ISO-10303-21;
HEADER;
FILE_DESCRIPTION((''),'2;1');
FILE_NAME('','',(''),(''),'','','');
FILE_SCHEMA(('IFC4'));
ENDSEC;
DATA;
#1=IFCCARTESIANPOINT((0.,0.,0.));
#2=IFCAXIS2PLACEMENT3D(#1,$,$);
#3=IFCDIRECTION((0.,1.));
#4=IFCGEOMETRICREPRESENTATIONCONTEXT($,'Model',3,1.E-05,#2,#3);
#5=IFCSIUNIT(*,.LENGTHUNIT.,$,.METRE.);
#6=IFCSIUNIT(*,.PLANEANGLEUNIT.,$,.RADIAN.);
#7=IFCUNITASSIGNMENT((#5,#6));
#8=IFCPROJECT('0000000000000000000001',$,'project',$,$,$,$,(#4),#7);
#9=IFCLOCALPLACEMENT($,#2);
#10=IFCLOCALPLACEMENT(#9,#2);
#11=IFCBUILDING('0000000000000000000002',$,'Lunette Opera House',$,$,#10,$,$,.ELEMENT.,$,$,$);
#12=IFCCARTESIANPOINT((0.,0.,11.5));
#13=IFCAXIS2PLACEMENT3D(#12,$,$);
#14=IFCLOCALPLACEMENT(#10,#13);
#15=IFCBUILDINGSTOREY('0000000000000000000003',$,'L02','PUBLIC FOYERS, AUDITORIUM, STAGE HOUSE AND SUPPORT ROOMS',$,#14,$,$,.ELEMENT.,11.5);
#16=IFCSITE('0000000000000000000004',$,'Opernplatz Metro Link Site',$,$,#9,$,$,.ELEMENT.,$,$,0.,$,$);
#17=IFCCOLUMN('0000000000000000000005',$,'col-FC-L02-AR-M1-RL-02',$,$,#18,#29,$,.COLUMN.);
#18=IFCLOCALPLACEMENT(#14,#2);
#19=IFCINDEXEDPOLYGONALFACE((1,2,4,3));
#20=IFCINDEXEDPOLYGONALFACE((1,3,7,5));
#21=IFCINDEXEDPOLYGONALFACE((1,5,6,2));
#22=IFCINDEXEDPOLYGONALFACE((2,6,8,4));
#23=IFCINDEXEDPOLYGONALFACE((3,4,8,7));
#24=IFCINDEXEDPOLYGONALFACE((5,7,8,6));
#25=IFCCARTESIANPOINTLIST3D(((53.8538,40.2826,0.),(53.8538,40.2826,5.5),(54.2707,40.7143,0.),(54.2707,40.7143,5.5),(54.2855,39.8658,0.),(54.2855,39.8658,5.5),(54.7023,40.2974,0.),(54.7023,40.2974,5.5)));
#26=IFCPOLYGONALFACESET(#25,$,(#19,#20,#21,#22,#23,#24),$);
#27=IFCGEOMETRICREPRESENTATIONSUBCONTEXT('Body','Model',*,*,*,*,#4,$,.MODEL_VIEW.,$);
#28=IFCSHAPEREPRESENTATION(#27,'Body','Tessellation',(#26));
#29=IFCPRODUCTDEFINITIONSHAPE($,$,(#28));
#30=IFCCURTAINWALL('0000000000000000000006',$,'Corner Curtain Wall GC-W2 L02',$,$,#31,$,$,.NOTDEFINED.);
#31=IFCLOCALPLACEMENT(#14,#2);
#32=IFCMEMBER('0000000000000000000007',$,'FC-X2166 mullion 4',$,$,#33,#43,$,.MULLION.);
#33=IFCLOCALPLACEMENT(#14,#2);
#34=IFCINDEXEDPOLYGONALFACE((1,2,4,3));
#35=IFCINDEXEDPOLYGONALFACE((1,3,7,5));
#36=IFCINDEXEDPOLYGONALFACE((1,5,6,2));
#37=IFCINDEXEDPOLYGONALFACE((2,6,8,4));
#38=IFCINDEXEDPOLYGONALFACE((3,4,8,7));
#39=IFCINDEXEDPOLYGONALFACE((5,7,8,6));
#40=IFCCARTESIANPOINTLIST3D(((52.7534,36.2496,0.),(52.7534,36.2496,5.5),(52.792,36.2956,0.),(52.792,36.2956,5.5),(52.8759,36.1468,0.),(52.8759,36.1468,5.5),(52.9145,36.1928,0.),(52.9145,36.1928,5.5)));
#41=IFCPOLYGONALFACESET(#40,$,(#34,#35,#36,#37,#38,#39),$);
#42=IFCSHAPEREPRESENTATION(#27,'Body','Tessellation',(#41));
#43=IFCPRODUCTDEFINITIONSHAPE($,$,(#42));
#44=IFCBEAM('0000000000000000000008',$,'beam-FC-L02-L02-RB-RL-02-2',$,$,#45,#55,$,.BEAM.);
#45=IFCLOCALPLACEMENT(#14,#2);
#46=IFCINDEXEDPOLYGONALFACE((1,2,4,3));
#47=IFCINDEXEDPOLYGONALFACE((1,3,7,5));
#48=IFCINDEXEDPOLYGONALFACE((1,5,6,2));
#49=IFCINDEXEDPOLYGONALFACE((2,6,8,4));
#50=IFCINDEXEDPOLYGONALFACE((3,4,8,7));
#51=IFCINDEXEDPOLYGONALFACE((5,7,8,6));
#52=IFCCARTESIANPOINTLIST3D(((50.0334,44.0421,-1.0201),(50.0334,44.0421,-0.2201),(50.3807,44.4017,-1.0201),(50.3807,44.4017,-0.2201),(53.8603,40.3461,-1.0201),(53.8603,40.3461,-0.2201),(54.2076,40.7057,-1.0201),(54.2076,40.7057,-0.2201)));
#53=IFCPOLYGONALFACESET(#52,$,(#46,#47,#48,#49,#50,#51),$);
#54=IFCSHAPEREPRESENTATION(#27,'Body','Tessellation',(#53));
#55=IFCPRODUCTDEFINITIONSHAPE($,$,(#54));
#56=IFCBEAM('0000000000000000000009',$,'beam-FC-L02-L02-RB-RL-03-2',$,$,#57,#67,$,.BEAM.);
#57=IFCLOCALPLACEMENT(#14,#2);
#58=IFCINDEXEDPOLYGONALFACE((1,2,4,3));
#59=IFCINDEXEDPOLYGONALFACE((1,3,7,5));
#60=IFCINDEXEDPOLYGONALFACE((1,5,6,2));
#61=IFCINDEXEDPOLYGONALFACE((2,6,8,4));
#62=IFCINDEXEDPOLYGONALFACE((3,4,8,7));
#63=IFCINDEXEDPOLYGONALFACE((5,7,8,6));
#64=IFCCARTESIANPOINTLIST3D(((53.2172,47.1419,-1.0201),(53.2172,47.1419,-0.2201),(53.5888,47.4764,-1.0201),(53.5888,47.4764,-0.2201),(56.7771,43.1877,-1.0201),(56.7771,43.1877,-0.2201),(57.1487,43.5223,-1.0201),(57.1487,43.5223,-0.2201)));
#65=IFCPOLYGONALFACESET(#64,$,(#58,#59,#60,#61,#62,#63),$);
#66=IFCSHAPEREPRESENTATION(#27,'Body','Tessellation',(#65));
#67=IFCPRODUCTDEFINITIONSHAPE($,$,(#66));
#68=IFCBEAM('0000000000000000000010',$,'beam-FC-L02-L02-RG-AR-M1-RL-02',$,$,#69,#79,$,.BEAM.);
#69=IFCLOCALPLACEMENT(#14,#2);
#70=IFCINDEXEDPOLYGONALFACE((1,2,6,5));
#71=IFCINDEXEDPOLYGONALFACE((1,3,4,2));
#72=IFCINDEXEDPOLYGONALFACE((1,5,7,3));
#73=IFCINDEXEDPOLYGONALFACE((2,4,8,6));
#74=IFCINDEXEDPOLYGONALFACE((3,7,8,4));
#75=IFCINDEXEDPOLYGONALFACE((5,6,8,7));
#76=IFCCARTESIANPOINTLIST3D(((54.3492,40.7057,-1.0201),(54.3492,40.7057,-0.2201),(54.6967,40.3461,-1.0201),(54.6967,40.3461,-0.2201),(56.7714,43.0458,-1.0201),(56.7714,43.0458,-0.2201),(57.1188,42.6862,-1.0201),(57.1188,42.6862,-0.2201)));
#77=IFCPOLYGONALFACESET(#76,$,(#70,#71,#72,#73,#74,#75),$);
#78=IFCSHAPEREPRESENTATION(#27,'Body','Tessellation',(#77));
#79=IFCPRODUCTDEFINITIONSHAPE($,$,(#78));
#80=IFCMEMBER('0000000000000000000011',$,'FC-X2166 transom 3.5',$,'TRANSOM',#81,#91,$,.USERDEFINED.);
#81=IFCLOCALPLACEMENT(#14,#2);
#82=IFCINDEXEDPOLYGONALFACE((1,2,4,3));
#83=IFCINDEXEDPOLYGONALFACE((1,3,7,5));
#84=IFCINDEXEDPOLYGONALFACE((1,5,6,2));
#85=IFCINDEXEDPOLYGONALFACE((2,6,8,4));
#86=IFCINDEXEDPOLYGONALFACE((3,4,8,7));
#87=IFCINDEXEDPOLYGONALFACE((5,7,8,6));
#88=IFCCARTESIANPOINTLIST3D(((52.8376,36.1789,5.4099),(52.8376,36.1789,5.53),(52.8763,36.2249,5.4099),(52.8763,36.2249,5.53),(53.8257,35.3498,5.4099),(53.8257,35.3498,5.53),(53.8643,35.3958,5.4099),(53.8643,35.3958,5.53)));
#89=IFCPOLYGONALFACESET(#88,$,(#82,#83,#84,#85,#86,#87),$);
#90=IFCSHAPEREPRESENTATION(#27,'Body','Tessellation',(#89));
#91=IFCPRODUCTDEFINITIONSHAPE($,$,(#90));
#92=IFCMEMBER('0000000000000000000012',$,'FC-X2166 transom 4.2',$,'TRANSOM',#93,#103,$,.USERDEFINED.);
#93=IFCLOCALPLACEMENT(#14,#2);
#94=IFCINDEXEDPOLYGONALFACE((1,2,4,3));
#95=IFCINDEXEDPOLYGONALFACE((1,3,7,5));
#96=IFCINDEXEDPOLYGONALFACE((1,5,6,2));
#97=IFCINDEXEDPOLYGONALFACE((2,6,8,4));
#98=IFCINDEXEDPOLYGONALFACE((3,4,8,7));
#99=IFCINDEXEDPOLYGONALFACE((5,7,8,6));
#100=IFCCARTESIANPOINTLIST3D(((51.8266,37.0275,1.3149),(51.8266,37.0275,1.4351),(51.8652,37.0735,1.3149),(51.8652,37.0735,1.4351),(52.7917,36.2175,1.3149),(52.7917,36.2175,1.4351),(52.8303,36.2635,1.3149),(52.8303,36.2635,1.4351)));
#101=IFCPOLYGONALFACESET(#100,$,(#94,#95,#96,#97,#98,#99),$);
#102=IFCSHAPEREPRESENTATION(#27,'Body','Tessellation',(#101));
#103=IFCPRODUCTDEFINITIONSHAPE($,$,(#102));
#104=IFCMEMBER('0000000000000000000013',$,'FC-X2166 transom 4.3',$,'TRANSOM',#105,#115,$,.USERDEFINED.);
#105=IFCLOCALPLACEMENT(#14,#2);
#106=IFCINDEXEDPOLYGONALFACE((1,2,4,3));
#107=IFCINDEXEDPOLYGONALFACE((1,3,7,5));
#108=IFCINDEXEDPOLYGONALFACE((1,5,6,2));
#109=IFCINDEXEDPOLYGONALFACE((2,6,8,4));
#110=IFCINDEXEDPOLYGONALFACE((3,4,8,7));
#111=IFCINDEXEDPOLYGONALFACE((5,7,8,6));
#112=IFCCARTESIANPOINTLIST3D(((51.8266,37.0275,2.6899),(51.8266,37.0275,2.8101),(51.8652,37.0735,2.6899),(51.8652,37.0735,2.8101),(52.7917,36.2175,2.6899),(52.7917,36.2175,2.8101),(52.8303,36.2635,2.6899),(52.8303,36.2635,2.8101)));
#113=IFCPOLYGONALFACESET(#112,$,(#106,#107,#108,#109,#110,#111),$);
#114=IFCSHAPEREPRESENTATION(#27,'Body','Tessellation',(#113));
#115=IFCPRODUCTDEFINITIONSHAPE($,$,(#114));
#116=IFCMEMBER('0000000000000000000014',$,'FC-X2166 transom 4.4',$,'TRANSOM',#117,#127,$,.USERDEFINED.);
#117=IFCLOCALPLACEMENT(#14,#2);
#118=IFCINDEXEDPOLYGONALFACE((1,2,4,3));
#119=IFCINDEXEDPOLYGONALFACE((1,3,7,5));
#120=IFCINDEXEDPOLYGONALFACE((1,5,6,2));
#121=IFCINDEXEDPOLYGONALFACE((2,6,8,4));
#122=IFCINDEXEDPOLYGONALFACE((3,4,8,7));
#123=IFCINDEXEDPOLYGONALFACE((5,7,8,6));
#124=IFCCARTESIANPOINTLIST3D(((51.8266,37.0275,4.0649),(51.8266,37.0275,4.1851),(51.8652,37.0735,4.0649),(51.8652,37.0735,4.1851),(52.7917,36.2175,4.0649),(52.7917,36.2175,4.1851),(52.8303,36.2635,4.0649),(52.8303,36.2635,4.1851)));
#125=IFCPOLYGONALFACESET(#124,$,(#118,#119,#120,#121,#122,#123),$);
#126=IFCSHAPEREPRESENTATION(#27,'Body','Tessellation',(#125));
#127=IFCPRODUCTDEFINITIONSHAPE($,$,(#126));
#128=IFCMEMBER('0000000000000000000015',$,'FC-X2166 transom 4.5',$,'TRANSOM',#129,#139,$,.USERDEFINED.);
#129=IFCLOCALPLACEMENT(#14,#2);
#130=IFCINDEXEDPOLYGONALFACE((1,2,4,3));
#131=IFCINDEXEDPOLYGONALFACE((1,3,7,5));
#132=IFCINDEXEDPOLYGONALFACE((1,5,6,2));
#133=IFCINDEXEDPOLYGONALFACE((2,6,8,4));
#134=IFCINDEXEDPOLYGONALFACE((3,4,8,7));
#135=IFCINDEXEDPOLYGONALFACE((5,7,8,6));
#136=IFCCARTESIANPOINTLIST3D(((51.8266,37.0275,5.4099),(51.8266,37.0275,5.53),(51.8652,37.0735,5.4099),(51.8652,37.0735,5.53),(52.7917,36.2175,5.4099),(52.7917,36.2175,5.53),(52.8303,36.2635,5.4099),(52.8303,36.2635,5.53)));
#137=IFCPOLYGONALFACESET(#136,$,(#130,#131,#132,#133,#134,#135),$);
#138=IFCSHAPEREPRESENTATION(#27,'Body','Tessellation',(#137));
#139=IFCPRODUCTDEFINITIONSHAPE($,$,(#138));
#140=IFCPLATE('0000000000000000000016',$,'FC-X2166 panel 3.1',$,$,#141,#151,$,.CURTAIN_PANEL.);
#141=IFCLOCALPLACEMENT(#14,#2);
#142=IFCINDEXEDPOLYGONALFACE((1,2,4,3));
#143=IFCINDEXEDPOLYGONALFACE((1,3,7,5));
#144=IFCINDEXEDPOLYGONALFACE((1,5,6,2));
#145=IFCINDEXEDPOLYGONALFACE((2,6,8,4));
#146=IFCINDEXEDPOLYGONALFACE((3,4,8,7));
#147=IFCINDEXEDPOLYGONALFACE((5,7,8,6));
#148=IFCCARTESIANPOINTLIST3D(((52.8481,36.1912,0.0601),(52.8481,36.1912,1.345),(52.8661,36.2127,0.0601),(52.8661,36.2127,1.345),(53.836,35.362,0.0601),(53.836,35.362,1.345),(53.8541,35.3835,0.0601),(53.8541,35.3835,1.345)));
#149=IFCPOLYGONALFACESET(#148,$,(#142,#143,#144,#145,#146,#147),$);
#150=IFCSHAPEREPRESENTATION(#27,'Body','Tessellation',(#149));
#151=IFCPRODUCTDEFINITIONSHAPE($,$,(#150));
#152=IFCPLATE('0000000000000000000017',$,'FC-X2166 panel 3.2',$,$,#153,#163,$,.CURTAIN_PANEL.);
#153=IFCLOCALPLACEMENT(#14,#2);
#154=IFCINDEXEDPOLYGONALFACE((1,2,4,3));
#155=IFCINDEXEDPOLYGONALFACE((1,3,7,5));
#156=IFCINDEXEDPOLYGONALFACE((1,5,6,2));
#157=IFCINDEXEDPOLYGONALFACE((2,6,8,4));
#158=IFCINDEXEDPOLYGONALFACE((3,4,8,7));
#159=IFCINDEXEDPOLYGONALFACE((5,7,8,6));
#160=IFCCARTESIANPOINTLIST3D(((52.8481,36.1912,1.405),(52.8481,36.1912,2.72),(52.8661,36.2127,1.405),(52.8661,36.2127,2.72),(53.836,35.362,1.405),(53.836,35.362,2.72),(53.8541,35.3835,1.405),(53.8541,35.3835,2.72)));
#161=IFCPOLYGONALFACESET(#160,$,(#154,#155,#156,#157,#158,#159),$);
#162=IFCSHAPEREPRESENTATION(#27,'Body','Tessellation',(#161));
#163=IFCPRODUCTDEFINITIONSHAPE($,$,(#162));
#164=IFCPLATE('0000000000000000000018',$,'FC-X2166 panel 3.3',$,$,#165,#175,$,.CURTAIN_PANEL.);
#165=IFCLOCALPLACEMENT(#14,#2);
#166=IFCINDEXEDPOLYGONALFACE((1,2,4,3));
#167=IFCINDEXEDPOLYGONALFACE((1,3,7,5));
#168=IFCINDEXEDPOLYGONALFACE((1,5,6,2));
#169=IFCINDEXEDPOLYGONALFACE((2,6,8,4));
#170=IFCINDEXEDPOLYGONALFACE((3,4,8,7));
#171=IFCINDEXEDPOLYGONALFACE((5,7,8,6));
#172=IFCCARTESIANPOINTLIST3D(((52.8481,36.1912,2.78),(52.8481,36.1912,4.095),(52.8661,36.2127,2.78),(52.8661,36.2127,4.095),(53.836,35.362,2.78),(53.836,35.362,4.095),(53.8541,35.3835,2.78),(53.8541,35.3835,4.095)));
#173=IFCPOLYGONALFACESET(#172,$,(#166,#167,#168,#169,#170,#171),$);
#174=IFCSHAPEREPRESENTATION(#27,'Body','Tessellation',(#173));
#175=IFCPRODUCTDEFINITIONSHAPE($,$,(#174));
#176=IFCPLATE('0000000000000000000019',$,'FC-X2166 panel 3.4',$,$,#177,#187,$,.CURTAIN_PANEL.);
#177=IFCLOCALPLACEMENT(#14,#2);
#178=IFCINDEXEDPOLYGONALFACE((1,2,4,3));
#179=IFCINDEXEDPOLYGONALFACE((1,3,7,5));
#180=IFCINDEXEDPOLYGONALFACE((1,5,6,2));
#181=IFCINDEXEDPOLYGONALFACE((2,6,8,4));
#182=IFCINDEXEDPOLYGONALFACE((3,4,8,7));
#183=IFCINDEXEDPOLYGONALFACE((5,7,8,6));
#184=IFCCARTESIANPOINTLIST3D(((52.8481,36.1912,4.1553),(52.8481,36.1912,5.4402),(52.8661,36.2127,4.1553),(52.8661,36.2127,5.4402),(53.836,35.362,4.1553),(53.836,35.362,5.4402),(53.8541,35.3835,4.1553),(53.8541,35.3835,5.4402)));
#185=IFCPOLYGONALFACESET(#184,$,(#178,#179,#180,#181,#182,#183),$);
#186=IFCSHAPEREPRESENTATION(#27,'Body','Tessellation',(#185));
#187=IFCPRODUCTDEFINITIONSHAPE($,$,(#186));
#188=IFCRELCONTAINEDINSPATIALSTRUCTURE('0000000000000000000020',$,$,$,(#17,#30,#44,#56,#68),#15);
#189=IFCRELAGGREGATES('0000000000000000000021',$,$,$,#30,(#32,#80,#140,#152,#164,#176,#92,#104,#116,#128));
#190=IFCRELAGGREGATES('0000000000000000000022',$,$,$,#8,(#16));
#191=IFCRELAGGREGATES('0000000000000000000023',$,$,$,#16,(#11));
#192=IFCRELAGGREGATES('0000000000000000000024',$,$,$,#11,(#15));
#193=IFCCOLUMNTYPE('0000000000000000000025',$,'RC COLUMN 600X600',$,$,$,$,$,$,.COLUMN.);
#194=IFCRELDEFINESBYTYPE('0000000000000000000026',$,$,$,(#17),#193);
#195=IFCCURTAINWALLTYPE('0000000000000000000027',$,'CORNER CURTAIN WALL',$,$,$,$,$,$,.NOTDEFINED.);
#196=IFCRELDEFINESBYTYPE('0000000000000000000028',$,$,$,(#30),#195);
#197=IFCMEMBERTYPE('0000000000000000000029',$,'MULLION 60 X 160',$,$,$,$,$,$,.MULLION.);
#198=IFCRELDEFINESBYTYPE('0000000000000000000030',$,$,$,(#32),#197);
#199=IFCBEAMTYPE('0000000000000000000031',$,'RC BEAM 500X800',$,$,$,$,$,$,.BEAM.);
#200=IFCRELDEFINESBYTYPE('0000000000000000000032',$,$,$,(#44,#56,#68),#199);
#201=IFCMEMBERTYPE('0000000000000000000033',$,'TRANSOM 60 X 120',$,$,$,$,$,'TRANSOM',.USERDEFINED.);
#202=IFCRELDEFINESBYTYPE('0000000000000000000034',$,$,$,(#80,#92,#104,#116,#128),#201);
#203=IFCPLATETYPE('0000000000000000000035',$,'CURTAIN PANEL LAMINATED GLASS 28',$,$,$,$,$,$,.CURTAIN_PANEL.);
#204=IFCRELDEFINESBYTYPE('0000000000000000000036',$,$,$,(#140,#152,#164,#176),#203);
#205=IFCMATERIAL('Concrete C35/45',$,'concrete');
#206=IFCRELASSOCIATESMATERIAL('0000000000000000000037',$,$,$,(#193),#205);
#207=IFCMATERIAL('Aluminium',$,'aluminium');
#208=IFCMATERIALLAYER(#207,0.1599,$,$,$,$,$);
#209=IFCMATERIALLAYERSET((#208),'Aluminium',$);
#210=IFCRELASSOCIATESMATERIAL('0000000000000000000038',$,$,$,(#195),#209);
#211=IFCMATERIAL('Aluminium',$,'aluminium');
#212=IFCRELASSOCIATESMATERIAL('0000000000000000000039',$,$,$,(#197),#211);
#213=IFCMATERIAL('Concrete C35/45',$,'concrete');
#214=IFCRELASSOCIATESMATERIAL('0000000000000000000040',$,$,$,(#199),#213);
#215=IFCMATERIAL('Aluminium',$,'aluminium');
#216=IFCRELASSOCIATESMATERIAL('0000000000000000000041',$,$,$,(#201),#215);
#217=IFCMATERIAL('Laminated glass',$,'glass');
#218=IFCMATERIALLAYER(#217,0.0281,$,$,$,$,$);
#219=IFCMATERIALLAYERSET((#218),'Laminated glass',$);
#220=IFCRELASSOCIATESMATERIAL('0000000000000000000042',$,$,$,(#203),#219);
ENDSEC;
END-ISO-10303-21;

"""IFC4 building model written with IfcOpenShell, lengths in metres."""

from ifc_helpers import new_model, si_unit, direction, frame, origin, origin_2d, place, context, subcontext, project, spatial, rectangle, extrude, material, layer, layer_set, material_profile, profile_set, type_object, element, aggregate, save


model = new_model("IFC4")

# Units and contexts
model_context = context("Model", 3, precision=1e-05, world=origin(), true_north=direction((0.0, 1.0)))
body_context = subcontext(model_context, "Body", "Model", "MODEL_VIEW")
ifc_project = project(units=[si_unit("LENGTHUNIT", "METRE"), si_unit("PLANEANGLEUNIT", "RADIAN")], contexts=[model_context])

# Site, building, storey
site_placement = place(None, origin())
site = spatial("IfcSite", under=ifc_project, at=site_placement, Name="Opernplatz Metro Link Site", CompositionType="ELEMENT", RefElevation=0.0)
building_placement = place(site_placement, origin())
building = spatial("IfcBuilding", under=site, at=building_placement, Name="Lunette Opera House", CompositionType="ELEMENT")
storey_placement = place(building_placement, frame((0.0, 0.0, 11.5)))
storey = spatial("IfcBuildingStorey", under=building, at=storey_placement, Name="L02", Description="PUBLIC FOYERS, AUDITORIUM, STAGE HOUSE AND SUPPORT ROOMS", CompositionType="ELEMENT", Elevation=11.5)

# Column
ifc_material_1 = material(Name="Concrete C35/45", Category="concrete")
ifc_material_profile_1 = material_profile(ifc_material_1, rectangle(XDim=0.6001, YDim=0.6001, at=origin_2d()), Name="RC COLUMN 600X600")
ifc_profile_set_1 = profile_set([ifc_material_profile_1], Name="Concrete C35/45")
column_type = type_object("IfcColumnType", Name="RC COLUMN 600X600", PredefinedType="COLUMN", material=ifc_profile_set_1)
column_placement = place(storey_placement, frame((54.2781, 40.29, 0.0), z_axis=(0.0, 0.0, 1.0), x_axis=(0.694658, 0.71934, 0.0)))
element("IfcColumn", 1, at=column_placement, inside=storey, type_object=column_type, Name="col-FC-L02-AR-M1-RL-02", PredefinedType="COLUMN", context=body_context, shape_type="SweptSolid", body=[
    extrude(rectangle(XDim=0.6001, YDim=0.6001, at=origin_2d()), origin(), (0.0, 0.0, 1.0), 5.5),
])

# Curtain wall, member
ifc_material_2 = material(Name="Aluminium", Category="aluminium")
ifc_layer_1 = layer(ifc_material_2, 0.1599)
ifc_layer_set_1 = layer_set([ifc_layer_1], Name="Aluminium")
curtain_wall_type = type_object("IfcCurtainWallType", Name="CORNER CURTAIN WALL", PredefinedType="NOTDEFINED", material=ifc_layer_set_1)
curtain_wall_placement = place(storey_placement, origin())
curtain_wall = element("IfcCurtainWall", 2, at=curtain_wall_placement, inside=storey, type_object=curtain_wall_type, Name="Corner Curtain Wall GC-W2 L02", PredefinedType="NOTDEFINED")
ifc_material_3 = material(Name="Aluminium", Category="aluminium")
ifc_material_profile_2 = material_profile(ifc_material_3, rectangle(XDim=0.0601, YDim=0.1599, at=origin_2d()), Name="MULLION 60 X 160")
ifc_profile_set_2 = profile_set([ifc_material_profile_2], Name="Aluminium")
member_type_1 = type_object("IfcMemberType", Name="MULLION 60 X 160", PredefinedType="MULLION", material=ifc_profile_set_2)
member_1_placement = place(storey_placement, frame((52.834, 36.2212, 0.0), z_axis=(0.0, 0.0, 1.0), x_axis=(-0.64284, -0.766, 0.0)))
member_1 = element("IfcMember", 3, at=member_1_placement, type_object=member_type_1, Name="FC-X2166 mullion 4", PredefinedType="MULLION", context=body_context, shape_type="SweptSolid", body=[
    extrude(rectangle(XDim=0.0601, YDim=0.1599, at=origin_2d()), origin(), (0.0, 0.0, 1.0), 5.5),
])

# Beams
ifc_material_4 = material(Name="Concrete C35/45", Category="concrete")
ifc_material_profile_3 = material_profile(ifc_material_4, rectangle(XDim=0.5, YDim=0.8, at=origin_2d()), Name="RC BEAM 500X800")
ifc_profile_set_3 = profile_set([ifc_material_profile_3], Name="Concrete C35/45")
beam_type = type_object("IfcBeamType", Name="RC BEAM 500X800", PredefinedType="BEAM", material=ifc_profile_set_3)
beam_1_placement = place(storey_placement, frame((54.0339, 40.5259, -0.6201), z_axis=(-0.719298, 0.694702, 0.0), x_axis=(-0.694702, -0.719298, 0.0)))
element("IfcBeam", 4, at=beam_1_placement, inside=storey, type_object=beam_type, Name="beam-FC-L02-L02-RB-RL-02-2", PredefinedType="BEAM", context=body_context, shape_type="SweptSolid", body=[
    extrude(rectangle(XDim=0.5, YDim=0.8, at=origin_2d()), origin(), (0.0, 0.0, 1.0), 5.3203),
])
beam_2_placement = place(storey_placement, frame((56.9629, 43.355, -0.6201), z_axis=(-0.669081, 0.743189, 0.0), x_axis=(-0.743189, -0.669081, 0.0)))
element("IfcBeam", 5, at=beam_2_placement, inside=storey, type_object=beam_type, Name="beam-FC-L02-L02-RB-RL-03-2", PredefinedType="BEAM", context=body_context, shape_type="SweptSolid", body=[
    extrude(rectangle(XDim=0.5, YDim=0.8, at=origin_2d()), origin(), (0.0, 0.0, 1.0), 5.3206),
])
beam_3_placement = place(storey_placement, frame((54.5229, 40.5259, -0.6201), z_axis=(0.71918, 0.694823, 0.0), x_axis=(-0.694823, 0.71918, 0.0)))
element("IfcBeam", 6, at=beam_3_placement, inside=storey, type_object=beam_type, Name="beam-FC-L02-L02-RG-AR-M1-RL-02", PredefinedType="BEAM", context=body_context, shape_type="SweptSolid", body=[
    extrude(rectangle(XDim=0.5, YDim=0.8, at=origin_2d()), origin(), (0.0, 0.0, 1.0), 3.3679),
])

# Members
ifc_material_5 = material(Name="Aluminium", Category="aluminium")
ifc_material_profile_4 = material_profile(ifc_material_5, rectangle(XDim=0.0601, YDim=0.1201, at=origin_2d()), Name="TRANSOM 60 X 120")
ifc_profile_set_4 = profile_set([ifc_material_profile_4], Name="Aluminium")
member_type_2 = type_object("IfcMemberType", Name="TRANSOM 60 X 120", ElementType="TRANSOM", PredefinedType="USERDEFINED", material=ifc_profile_set_4)
member_2_placement = place(storey_placement, frame((53.845, 35.3728, 5.47), z_axis=(-0.766029, 0.642806, 0.0), x_axis=(-0.642806, -0.766029, 0.0)))
member_2 = element("IfcMember", 7, at=member_2_placement, type_object=member_type_2, Name="FC-X2166 transom 3.5", ObjectType="TRANSOM", PredefinedType="USERDEFINED", context=body_context, shape_type="SweptSolid", body=[
    extrude(rectangle(XDim=0.0601, YDim=0.1201, at=origin_2d()), origin(), (0.0, 0.0, 1.0), 1.2898),
])
member_3_placement = place(storey_placement, frame((52.811, 36.2405, 1.375), z_axis=(-0.765945, 0.642906, 0.0), x_axis=(-0.642906, -0.765945, 0.0)))
member_3 = element("IfcMember", 8, at=member_3_placement, type_object=member_type_2, Name="FC-X2166 transom 4.2", ObjectType="TRANSOM", PredefinedType="USERDEFINED", context=body_context, shape_type="SweptSolid", body=[
    extrude(rectangle(XDim=0.0601, YDim=0.1201, at=origin_2d()), origin(), (0.0, 0.0, 1.0), 1.26),
])
member_4_placement = place(storey_placement, frame((52.811, 36.2405, 2.75), z_axis=(-0.765945, 0.642906, 0.0), x_axis=(-0.642906, -0.765945, 0.0)))
member_4 = element("IfcMember", 9, at=member_4_placement, type_object=member_type_2, Name="FC-X2166 transom 4.3", ObjectType="TRANSOM", PredefinedType="USERDEFINED", context=body_context, shape_type="SweptSolid", body=[
    extrude(rectangle(XDim=0.0601, YDim=0.1201, at=origin_2d()), origin(), (0.0, 0.0, 1.0), 1.26),
])
member_5_placement = place(storey_placement, frame((52.811, 36.2405, 4.125), z_axis=(-0.765945, 0.642906, 0.0), x_axis=(-0.642906, -0.765945, 0.0)))
member_5 = element("IfcMember", 10, at=member_5_placement, type_object=member_type_2, Name="FC-X2166 transom 4.4", ObjectType="TRANSOM", PredefinedType="USERDEFINED", context=body_context, shape_type="SweptSolid", body=[
    extrude(rectangle(XDim=0.0601, YDim=0.1201, at=origin_2d()), origin(), (0.0, 0.0, 1.0), 1.26),
])
member_6_placement = place(storey_placement, frame((52.811, 36.2405, 5.47), z_axis=(-0.765945, 0.642906, 0.0), x_axis=(-0.642906, -0.765945, 0.0)))
member_6 = element("IfcMember", 11, at=member_6_placement, type_object=member_type_2, Name="FC-X2166 transom 4.5", ObjectType="TRANSOM", PredefinedType="USERDEFINED", context=body_context, shape_type="SweptSolid", body=[
    extrude(rectangle(XDim=0.0601, YDim=0.1201, at=origin_2d()), origin(), (0.0, 0.0, 1.0), 1.26),
])

# Plates
ifc_material_6 = material(Name="Laminated glass", Category="glass")
ifc_layer_2 = layer(ifc_material_6, 0.0281)
ifc_layer_set_2 = layer_set([ifc_layer_2], Name="Laminated glass")
plate_type = type_object("IfcPlateType", Name="CURTAIN PANEL LAMINATED GLASS 28", PredefinedType="CURTAIN_PANEL", material=ifc_layer_set_2)
plate_1_placement = place(storey_placement, frame((53.3511, 35.7874, 0.0601), z_axis=(0.0, 0.0, 1.0), x_axis=(-0.766, 0.64284, 0.0)))
plate_1 = element("IfcPlate", 12, at=plate_1_placement, type_object=plate_type, Name="FC-X2166 panel 3.1", PredefinedType="CURTAIN_PANEL", context=body_context, shape_type="SweptSolid", body=[
    extrude(rectangle(XDim=1.2898, YDim=0.0281, at=origin_2d()), origin(), (0.0, 0.0, 1.0), 1.2849),
])
plate_2_placement = place(storey_placement, frame((53.3511, 35.7874, 1.405), z_axis=(0.0, 0.0, 1.0), x_axis=(-0.766, 0.64284, 0.0)))
plate_2 = element("IfcPlate", 13, at=plate_2_placement, type_object=plate_type, Name="FC-X2166 panel 3.2", PredefinedType="CURTAIN_PANEL", context=body_context, shape_type="SweptSolid", body=[
    extrude(rectangle(XDim=1.2898, YDim=0.0281, at=origin_2d()), origin(), (0.0, 0.0, 1.0), 1.3149),
])
plate_3_placement = place(storey_placement, frame((53.3511, 35.7874, 2.78), z_axis=(0.0, 0.0, 1.0), x_axis=(-0.766, 0.64284, 0.0)))
plate_3 = element("IfcPlate", 14, at=plate_3_placement, type_object=plate_type, Name="FC-X2166 panel 3.3", PredefinedType="CURTAIN_PANEL", context=body_context, shape_type="SweptSolid", body=[
    extrude(rectangle(XDim=1.2898, YDim=0.0281, at=origin_2d()), origin(), (0.0, 0.0, 1.0), 1.3149),
])
plate_4_placement = place(storey_placement, frame((53.3511, 35.7874, 4.1553), z_axis=(0.0, 0.0, 1.0), x_axis=(-0.766, 0.64284, 0.0)))
plate_4 = element("IfcPlate", 15, at=plate_4_placement, type_object=plate_type, Name="FC-X2166 panel 3.4", PredefinedType="CURTAIN_PANEL", context=body_context, shape_type="SweptSolid", body=[
    extrude(rectangle(XDim=1.2898, YDim=0.0281, at=origin_2d()), origin(), (0.0, 0.0, 1.0), 1.2849),
])
aggregate(curtain_wall, [member_1, member_2, plate_1, plate_2, plate_3, plate_4, member_3, member_4, member_5, member_6])

save(model, "model.ifc")
